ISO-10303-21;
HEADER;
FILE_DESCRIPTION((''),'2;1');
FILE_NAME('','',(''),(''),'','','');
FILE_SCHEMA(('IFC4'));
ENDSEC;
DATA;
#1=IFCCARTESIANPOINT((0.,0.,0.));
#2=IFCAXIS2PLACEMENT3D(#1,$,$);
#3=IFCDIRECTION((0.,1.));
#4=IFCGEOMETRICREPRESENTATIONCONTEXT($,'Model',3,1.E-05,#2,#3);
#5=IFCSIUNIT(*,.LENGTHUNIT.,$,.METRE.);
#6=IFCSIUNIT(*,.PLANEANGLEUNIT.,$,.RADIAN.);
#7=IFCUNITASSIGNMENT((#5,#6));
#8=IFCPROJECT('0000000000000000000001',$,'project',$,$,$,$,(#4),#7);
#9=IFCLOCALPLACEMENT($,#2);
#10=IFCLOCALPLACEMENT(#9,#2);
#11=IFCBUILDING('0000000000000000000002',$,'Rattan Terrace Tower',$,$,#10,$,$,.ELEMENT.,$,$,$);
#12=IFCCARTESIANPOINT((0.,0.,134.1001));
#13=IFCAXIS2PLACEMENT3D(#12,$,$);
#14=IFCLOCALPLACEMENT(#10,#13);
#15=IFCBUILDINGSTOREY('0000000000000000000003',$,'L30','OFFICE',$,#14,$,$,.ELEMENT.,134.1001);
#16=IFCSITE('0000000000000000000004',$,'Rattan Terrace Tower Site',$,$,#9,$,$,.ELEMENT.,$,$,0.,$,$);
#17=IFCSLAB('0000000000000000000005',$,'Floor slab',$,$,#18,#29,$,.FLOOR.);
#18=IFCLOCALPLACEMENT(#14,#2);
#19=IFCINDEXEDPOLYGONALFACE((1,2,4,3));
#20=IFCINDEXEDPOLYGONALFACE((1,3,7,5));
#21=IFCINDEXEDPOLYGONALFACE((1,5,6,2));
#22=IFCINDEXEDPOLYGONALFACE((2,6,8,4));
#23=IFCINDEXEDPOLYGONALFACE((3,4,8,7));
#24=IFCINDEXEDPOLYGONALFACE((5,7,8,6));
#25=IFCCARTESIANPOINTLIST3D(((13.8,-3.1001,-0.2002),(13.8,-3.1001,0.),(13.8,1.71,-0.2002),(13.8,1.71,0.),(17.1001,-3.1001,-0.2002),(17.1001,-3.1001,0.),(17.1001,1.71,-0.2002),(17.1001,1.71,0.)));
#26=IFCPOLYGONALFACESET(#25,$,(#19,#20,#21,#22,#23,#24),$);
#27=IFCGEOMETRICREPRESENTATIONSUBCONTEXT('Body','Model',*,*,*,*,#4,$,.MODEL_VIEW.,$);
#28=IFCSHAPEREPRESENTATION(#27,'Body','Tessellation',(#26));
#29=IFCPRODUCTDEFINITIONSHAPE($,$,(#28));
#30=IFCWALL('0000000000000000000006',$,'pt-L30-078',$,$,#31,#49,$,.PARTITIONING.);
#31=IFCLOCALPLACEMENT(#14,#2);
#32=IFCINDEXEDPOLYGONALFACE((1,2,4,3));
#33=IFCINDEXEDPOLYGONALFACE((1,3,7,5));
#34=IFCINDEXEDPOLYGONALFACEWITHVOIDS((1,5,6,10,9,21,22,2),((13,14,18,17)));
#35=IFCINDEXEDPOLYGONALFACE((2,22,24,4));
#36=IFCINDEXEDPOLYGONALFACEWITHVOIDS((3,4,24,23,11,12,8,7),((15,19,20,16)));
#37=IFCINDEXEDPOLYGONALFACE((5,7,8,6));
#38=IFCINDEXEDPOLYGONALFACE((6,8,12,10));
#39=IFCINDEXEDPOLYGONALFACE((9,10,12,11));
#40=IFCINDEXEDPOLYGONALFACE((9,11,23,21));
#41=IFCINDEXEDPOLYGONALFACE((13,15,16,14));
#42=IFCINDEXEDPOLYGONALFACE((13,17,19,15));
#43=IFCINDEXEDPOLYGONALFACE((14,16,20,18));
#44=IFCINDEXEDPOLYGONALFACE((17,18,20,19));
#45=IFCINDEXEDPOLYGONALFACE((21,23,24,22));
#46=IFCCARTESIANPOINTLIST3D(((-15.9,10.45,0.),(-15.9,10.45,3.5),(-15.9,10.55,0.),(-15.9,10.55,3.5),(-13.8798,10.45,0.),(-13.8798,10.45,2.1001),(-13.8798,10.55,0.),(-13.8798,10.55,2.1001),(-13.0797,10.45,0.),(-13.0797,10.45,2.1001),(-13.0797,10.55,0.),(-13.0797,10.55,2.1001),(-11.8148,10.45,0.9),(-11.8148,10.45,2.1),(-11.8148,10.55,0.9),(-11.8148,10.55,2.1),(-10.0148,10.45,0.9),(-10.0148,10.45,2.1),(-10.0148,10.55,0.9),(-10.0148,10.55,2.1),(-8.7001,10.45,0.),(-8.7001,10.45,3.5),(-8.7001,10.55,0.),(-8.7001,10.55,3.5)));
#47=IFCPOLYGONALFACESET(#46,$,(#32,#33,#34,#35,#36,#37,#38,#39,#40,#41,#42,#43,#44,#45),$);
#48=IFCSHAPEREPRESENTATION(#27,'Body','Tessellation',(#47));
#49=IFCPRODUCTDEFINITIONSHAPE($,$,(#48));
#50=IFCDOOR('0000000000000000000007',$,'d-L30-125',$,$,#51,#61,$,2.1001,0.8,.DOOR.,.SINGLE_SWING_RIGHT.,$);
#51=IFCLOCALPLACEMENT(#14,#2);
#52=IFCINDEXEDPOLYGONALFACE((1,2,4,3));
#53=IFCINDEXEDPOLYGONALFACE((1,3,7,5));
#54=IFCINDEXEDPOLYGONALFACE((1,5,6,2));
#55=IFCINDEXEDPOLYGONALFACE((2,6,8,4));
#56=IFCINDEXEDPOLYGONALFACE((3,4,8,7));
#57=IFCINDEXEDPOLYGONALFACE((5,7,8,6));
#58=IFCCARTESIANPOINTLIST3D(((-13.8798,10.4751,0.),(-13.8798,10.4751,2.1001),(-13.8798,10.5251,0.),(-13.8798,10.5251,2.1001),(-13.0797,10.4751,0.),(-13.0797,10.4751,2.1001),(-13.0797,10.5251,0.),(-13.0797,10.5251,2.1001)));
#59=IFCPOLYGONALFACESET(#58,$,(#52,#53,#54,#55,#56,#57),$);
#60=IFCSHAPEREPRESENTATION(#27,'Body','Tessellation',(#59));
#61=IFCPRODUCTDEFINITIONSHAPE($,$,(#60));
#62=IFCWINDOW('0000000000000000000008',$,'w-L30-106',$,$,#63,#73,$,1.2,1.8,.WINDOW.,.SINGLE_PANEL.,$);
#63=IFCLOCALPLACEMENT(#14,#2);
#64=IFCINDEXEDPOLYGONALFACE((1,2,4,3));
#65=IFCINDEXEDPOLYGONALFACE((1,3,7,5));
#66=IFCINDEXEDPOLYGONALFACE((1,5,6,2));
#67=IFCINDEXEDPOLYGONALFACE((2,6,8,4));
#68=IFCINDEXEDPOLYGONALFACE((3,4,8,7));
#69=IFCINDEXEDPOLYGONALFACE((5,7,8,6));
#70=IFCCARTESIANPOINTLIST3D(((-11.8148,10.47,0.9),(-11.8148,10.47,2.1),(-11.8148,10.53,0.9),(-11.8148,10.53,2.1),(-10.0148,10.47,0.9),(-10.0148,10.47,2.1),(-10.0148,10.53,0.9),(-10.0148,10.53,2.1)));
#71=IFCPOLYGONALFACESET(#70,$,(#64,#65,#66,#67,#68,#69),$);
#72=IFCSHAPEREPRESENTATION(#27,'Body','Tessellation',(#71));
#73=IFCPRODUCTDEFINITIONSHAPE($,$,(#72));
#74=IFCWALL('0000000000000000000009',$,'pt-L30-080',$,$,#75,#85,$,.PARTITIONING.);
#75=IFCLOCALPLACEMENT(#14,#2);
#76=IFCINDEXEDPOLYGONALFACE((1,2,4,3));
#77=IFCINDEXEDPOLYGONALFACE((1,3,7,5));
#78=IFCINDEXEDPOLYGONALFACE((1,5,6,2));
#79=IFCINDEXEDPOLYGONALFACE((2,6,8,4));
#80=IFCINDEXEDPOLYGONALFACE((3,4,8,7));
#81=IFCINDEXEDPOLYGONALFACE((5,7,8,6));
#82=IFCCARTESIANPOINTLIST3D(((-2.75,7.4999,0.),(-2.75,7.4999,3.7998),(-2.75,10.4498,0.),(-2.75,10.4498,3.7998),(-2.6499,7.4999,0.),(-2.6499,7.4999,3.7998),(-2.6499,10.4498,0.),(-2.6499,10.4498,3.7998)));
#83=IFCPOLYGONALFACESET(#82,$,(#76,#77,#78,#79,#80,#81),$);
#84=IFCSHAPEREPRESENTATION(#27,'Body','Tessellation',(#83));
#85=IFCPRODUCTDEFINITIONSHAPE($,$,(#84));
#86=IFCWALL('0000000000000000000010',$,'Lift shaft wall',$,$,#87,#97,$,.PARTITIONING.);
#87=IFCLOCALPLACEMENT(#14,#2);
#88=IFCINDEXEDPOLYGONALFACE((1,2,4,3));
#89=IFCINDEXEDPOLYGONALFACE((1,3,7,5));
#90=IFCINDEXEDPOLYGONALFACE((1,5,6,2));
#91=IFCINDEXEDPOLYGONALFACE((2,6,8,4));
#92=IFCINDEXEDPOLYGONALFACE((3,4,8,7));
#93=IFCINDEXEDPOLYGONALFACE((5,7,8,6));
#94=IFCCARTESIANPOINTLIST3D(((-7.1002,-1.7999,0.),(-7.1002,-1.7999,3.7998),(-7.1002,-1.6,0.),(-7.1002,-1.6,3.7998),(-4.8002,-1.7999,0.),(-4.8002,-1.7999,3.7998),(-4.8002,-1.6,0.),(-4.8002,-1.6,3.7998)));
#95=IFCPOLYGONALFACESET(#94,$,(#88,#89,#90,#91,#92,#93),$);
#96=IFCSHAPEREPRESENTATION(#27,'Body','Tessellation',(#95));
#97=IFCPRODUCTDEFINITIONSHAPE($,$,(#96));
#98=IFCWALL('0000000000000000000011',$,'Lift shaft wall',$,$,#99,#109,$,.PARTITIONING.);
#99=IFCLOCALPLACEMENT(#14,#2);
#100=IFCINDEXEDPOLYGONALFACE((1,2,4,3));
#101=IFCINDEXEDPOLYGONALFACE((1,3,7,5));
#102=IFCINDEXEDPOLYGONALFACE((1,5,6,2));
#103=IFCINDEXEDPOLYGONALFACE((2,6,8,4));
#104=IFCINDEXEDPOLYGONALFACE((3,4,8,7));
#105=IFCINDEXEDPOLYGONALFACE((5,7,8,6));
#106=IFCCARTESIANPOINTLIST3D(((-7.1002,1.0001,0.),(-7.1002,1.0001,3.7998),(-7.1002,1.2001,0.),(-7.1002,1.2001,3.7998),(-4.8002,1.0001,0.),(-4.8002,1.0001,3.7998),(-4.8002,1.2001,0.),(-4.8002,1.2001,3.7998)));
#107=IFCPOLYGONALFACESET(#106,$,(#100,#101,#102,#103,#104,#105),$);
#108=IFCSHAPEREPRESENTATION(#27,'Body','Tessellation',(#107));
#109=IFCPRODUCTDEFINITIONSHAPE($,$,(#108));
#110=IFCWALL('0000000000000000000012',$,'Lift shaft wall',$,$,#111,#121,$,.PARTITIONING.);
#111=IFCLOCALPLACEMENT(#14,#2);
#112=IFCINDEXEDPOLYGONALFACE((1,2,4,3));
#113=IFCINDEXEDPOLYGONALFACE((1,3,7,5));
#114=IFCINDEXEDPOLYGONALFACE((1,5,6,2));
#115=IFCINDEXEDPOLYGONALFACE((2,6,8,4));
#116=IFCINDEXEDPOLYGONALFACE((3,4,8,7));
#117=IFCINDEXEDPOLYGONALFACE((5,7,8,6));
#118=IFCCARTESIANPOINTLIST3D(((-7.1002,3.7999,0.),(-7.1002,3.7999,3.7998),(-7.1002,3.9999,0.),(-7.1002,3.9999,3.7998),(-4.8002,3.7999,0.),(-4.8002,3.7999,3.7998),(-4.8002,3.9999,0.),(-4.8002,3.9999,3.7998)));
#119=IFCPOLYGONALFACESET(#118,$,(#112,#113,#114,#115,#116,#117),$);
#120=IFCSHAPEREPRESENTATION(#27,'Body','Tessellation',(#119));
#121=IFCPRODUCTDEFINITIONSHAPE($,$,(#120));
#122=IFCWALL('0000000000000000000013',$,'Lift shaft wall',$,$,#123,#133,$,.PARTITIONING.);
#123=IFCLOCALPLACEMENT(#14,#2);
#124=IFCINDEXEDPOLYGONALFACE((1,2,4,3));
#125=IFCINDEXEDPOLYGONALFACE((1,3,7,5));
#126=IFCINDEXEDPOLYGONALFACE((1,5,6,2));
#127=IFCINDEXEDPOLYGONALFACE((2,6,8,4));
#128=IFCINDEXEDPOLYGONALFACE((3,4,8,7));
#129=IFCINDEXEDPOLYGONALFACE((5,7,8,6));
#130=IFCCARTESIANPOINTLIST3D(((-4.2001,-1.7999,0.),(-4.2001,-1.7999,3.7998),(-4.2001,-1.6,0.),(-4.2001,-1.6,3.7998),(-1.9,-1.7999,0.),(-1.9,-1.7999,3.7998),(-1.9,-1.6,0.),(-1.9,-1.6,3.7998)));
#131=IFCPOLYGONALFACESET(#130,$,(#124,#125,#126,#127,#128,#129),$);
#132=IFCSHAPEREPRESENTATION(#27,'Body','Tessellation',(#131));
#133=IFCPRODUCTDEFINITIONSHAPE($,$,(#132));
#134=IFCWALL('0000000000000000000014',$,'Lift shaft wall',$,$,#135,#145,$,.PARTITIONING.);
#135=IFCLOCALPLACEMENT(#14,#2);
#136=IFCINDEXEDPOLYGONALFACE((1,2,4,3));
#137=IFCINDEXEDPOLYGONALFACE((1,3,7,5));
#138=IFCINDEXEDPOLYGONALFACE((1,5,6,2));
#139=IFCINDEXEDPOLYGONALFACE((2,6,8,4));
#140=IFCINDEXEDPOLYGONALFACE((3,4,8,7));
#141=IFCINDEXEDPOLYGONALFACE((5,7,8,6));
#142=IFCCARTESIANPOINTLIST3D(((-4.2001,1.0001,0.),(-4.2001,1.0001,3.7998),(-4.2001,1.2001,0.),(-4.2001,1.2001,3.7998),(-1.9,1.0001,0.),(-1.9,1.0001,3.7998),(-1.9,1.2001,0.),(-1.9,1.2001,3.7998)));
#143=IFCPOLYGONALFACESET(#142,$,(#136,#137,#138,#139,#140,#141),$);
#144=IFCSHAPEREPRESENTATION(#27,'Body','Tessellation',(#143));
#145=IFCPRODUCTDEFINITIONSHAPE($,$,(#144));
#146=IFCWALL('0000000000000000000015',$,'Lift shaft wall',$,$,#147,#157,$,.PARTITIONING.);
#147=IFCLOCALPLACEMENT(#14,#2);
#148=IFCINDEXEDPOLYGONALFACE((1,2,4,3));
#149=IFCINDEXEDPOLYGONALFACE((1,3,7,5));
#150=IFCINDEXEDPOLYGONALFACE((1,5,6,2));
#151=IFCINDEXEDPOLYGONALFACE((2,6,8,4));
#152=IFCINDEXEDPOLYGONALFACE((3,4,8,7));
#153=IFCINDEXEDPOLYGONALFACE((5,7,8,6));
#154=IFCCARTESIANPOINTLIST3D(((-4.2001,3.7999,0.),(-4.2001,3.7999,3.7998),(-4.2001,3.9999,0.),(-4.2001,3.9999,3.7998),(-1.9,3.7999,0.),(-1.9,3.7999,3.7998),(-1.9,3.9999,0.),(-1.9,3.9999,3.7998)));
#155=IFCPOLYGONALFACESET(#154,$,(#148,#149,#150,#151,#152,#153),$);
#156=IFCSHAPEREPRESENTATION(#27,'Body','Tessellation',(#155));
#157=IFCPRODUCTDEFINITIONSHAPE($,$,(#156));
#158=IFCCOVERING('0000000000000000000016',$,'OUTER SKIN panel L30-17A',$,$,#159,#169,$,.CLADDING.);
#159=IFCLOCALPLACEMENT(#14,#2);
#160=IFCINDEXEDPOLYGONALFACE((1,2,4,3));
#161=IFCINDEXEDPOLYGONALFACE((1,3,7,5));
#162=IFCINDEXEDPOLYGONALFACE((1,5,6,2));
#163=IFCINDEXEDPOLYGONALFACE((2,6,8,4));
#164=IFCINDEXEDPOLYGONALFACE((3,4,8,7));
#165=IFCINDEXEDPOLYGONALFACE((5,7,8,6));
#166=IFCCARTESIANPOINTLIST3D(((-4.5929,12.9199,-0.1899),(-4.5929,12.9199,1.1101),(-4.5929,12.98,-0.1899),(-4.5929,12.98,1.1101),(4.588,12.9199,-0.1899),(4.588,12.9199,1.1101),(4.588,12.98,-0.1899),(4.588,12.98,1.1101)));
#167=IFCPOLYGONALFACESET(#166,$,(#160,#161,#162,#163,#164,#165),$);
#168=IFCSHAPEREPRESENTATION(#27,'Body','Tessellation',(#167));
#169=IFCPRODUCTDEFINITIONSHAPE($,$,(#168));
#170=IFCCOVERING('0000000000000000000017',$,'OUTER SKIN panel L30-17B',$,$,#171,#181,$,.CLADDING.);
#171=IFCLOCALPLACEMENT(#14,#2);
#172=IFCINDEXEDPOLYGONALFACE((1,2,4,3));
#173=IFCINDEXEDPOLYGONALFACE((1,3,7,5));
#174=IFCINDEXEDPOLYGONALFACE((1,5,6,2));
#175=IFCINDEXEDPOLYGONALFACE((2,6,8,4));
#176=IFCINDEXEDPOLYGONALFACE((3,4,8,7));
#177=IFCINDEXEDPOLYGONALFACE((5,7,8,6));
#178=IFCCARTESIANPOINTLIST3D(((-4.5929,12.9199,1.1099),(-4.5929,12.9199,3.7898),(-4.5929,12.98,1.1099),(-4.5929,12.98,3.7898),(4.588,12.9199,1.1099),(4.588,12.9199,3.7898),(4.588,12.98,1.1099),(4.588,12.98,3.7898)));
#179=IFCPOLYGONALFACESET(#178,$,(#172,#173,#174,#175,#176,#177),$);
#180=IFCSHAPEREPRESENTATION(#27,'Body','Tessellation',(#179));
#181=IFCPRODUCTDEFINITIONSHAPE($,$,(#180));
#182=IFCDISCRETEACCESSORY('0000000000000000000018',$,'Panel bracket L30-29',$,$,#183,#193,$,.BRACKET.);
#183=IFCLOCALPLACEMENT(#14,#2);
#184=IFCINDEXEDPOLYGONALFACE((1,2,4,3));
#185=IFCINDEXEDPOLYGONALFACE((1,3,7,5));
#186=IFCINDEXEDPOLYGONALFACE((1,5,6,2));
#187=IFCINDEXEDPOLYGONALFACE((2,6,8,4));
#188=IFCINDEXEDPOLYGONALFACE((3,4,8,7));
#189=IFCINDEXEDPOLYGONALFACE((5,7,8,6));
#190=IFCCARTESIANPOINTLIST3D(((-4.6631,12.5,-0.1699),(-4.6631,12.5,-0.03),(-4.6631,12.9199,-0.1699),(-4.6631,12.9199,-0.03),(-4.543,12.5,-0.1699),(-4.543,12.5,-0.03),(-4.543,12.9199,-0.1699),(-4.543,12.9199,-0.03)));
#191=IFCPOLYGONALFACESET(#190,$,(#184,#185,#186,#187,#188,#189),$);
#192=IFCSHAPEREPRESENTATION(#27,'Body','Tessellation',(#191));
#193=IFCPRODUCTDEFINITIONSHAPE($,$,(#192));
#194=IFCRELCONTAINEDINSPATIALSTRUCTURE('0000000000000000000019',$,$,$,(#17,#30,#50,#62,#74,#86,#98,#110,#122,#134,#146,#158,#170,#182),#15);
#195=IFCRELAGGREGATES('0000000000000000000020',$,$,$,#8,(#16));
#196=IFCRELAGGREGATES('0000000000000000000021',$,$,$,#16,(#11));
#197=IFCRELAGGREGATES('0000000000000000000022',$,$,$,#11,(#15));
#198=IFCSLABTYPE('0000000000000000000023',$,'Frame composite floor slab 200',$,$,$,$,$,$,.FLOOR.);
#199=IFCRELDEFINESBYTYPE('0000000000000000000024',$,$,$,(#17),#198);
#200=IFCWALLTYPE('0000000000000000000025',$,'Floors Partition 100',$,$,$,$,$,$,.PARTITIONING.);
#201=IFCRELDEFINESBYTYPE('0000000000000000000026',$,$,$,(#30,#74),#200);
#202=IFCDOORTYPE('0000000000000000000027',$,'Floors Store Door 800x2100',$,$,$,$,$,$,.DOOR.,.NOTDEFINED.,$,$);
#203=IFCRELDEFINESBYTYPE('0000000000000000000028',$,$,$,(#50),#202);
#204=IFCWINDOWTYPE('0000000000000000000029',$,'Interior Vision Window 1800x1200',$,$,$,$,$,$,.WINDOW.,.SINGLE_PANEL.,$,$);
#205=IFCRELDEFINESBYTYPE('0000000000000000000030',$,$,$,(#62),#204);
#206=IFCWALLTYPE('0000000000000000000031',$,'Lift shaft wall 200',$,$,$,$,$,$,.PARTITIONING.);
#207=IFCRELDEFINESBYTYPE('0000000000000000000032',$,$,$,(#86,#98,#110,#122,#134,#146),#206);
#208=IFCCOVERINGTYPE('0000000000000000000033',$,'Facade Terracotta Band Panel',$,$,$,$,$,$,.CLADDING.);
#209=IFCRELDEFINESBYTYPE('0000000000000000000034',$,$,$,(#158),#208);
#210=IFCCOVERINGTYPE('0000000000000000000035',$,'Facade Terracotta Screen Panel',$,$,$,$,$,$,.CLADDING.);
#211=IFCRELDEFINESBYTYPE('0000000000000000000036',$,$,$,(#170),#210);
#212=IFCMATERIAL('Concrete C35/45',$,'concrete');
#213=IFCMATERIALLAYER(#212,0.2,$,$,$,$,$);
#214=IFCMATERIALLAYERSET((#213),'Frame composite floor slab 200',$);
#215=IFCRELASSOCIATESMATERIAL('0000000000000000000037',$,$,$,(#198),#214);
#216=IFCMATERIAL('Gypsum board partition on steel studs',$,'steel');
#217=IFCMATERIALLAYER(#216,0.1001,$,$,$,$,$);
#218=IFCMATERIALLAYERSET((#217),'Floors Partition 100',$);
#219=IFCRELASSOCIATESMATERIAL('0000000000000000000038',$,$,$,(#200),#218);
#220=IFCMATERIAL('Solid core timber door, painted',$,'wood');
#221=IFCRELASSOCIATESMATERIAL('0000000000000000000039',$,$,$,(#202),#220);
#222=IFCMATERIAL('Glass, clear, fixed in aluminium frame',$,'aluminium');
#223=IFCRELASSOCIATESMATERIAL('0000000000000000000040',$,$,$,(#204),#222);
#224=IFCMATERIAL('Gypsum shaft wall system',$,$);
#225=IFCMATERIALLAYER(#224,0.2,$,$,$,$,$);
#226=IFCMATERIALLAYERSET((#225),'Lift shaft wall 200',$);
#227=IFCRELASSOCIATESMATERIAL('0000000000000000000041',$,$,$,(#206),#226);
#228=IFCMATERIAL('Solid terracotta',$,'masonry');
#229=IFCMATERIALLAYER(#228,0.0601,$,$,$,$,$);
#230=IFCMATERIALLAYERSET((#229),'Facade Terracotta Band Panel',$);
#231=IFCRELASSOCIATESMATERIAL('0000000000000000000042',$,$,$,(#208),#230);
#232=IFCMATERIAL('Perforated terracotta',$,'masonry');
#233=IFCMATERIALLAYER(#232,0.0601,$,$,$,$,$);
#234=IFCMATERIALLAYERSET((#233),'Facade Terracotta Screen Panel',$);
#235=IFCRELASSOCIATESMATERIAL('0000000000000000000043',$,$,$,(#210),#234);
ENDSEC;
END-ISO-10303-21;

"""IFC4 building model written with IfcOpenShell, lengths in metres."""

from ifc_helpers import new_model, si_unit, direction, frame, frame_2d, origin, origin_2d, place, context, subcontext, project, spatial, polyline, rectangle, outline, extrude, material, layer, layer_set, type_object, element, fill, save


model = new_model("IFC4")

# Units and contexts
model_context = context("Model", 3, precision=1e-05, world=origin(), true_north=direction((0.0, 1.0)))
body_context = subcontext(model_context, "Body", "Model", "MODEL_VIEW")
ifc_project = project(units=[si_unit("LENGTHUNIT", "METRE"), si_unit("PLANEANGLEUNIT", "RADIAN")], contexts=[model_context])

# Site, building, storey
site_placement = place(None, origin())
site = spatial("IfcSite", under=ifc_project, at=site_placement, Name="Rattan Terrace Tower Site", CompositionType="ELEMENT", RefElevation=0.0)
building_placement = place(site_placement, origin())
building = spatial("IfcBuilding", under=site, at=building_placement, Name="Rattan Terrace Tower", CompositionType="ELEMENT")
storey_placement = place(building_placement, frame((0.0, 0.0, 134.1001)))
storey = spatial("IfcBuildingStorey", under=building, at=storey_placement, Name="L30", Description="OFFICE", CompositionType="ELEMENT", Elevation=134.1001)

# Slab
ifc_material_1 = material(Name="Concrete C35/45", Category="concrete")
ifc_layer_1 = layer(ifc_material_1, 0.2)
ifc_layer_set_1 = layer_set([ifc_layer_1], Name="Frame composite floor slab 200")
slab_type_1 = type_object("IfcSlabType", Name="Frame composite floor slab 200", PredefinedType="FLOOR", material=ifc_layer_set_1)
slab_1_placement = place(storey_placement, frame((0.0, 0.0, -0.2002)))
element("IfcSlab", 1, at=slab_1_placement, inside=storey, type_object=slab_type_1, Name="Floor slab", PredefinedType="FLOOR", context=body_context, shape_type="SweptSolid", body=[
    extrude(outline(polyline([(13.8, -3.1001), (17.1001, -3.1001), (17.1001, 1.71), (13.8, 1.71), (13.8, -3.1001)])), origin(), (0.0, 0.0, 1.0), 0.2002),
])

# Wall, openings, door, window
ifc_material_2 = material(Name="Gypsum board partition on steel studs", Category="steel")
ifc_layer_2 = layer(ifc_material_2, 0.1001)
ifc_layer_set_2 = layer_set([ifc_layer_2], Name="Floors Partition 100")
wall_type_1 = type_object("IfcWallType", Name="Floors Partition 100", PredefinedType="PARTITIONING", material=ifc_layer_set_2)
wall_1_placement = place(storey_placement, frame((-8.7, 10.5, 0.0), z_axis=(0.0, 0.0, 1.0), x_axis=(-1.0, 0.0, 0.0)))
wall_1 = element("IfcWall", 2, at=wall_1_placement, inside=storey, type_object=wall_type_1, Name="pt-L30-078", PredefinedType="PARTITIONING", context=body_context, shape_type="SweptSolid", body=[
    extrude(rectangle(XDim=7.2, YDim=0.1001, at=frame_2d((3.6001, 0.0))), origin(), (0.0, 0.0, 1.0), 3.5),
])
opening_1_placement = place(wall_1_placement, frame((4.3799, 0.0, 0.0)))
opening_1 = element("IfcOpeningElement", 3, at=opening_1_placement, cuts=wall_1, PredefinedType="OPENING", context=body_context, shape_type="SweptSolid", body=[
    extrude(rectangle(XDim=0.8, YDim=2.1001, at=frame_2d((0.3999, 1.05))), frame((0.0, 0.0605, 0.0), z_axis=(0.0, -1.0, 0.0), x_axis=(1.0, 0.0, 0.0)), (0.0, 0.0, 1.0), 0.1211),
])
opening_2_placement = place(wall_1_placement, frame((1.3149, 0.0, 0.8999)))
opening_2 = element("IfcOpeningElement", 4, at=opening_2_placement, cuts=wall_1, PredefinedType="OPENING", context=body_context, shape_type="SweptSolid", body=[
    extrude(rectangle(XDim=1.8, YDim=1.2, at=frame_2d((0.8999, 0.6001))), frame((0.0, 0.0605, 0.0), z_axis=(0.0, -1.0, 0.0), x_axis=(1.0, 0.0, 0.0)), (0.0, 0.0, 1.0), 0.1211),
])
ifc_material_3 = material(Name="Solid core timber door, painted", Category="wood")
door_type = type_object("IfcDoorType", Name="Floors Store Door 800x2100", OperationType="NOTDEFINED", PredefinedType="DOOR", material=ifc_material_3)
door_placement = place(opening_1_placement, origin())
door = element("IfcDoor", 5, at=door_placement, inside=storey, type_object=door_type, Name="d-L30-125", OperationType="SINGLE_SWING_RIGHT", OverallHeight=2.1001, OverallWidth=0.8, PredefinedType="DOOR", context=body_context, shape_type="SweptSolid", body=[
    extrude(rectangle(XDim=0.8, YDim=2.1001, at=frame_2d((0.3999, 1.05))), frame((0.0, 0.0249, 0.0), z_axis=(0.0, -1.0, 0.0), x_axis=(1.0, 0.0, 0.0)), (0.0, 0.0, 1.0), 0.05),
])
fill(opening_1, door)
ifc_material_4 = material(Name="Glass, clear, fixed in aluminium frame", Category="aluminium")
window_type = type_object("IfcWindowType", Name="Interior Vision Window 1800x1200", PartitioningType="SINGLE_PANEL", PredefinedType="WINDOW", material=ifc_material_4)
window_placement = place(opening_2_placement, origin())
window = element("IfcWindow", 6, at=window_placement, inside=storey, type_object=window_type, Name="w-L30-106", OverallHeight=1.2, OverallWidth=1.8, PartitioningType="SINGLE_PANEL", PredefinedType="WINDOW", context=body_context, shape_type="SweptSolid", body=[
    extrude(rectangle(XDim=1.8, YDim=1.2, at=frame_2d((0.8999, 0.6001))), frame((0.0, 0.03, 0.0), z_axis=(0.0, -1.0, 0.0), x_axis=(1.0, 0.0, 0.0)), (0.0, 0.0, 1.0), 0.0601),
])
fill(opening_2, window)

# Walls
wall_2_placement = place(storey_placement, frame((-2.7, 10.45, 0.0), z_axis=(0.0, 0.0, 1.0), x_axis=(0.0, -1.0, 0.0)))
element("IfcWall", 7, at=wall_2_placement, inside=storey, type_object=wall_type_1, Name="pt-L30-080", PredefinedType="PARTITIONING", context=body_context, shape_type="SweptSolid", body=[
    extrude(rectangle(XDim=2.95, YDim=0.1001, at=frame_2d((1.4751, 0.0))), origin(), (0.0, 0.0, 1.0), 3.7998),
])
ifc_material_5 = material(Name="Gypsum shaft wall system")
ifc_layer_3 = layer(ifc_material_5, 0.2)
ifc_layer_set_3 = layer_set([ifc_layer_3], Name="Lift shaft wall 200")
wall_type_2 = type_object("IfcWallType", Name="Lift shaft wall 200", PredefinedType="PARTITIONING", material=ifc_layer_set_3)
for number, where, z_axis, x_axis, name in (
    (8, (-7.1001, -1.7, 0.0), (0.0, 0.0, 1.0), (1.0, 0.0, 0.0), "Lift shaft wall"),
    (9, (-7.1001, 1.1001, 0.0), (0.0, 0.0, 1.0), (1.0, 0.0, 0.0), "Lift shaft wall"),
    (10, (-7.1001, 3.8999, 0.0), (0.0, 0.0, 1.0), (1.0, 0.0, 0.0), "Lift shaft wall"),
    (11, (-4.2, -1.7, 0.0), (0.0, 0.0, 1.0), (1.0, 0.0, 0.0), "Lift shaft wall"),
    (12, (-4.2, 1.1001, 0.0), (0.0, 0.0, 1.0), (1.0, 0.0, 0.0), "Lift shaft wall"),
    (13, (-4.2, 3.8999, 0.0), (0.0, 0.0, 1.0), (1.0, 0.0, 0.0), "Lift shaft wall"),
):
    element("IfcWall", number, at=place(storey_placement, frame(where, z_axis=z_axis, x_axis=x_axis)), inside=storey, type_object=wall_type_2, Name=name, PredefinedType="PARTITIONING", context=body_context, shape_type="SweptSolid", body=[
        extrude(rectangle(XDim=2.3, YDim=0.2, at=frame_2d((1.1499, 0.0))), origin(), (0.0, 0.0, 1.0), 3.7998),
    ])

# Coverings
ifc_material_6 = material(Name="Solid terracotta", Category="masonry")
ifc_layer_4 = layer(ifc_material_6, 0.0601)
ifc_layer_set_4 = layer_set([ifc_layer_4], Name="Facade Terracotta Band Panel")
covering_type_1 = type_object("IfcCoveringType", Name="Facade Terracotta Band Panel", PredefinedType="CLADDING", material=ifc_layer_set_4)
covering_1_placement = place(storey_placement, frame((-0.0024, 12.95, -0.1899), z_axis=(0.0, 0.0, 1.0), x_axis=(-1.0, 0.0, 0.0)))
element("IfcCovering", 14, at=covering_1_placement, inside=storey, type_object=covering_type_1, Name="OUTER SKIN panel L30-17A", PredefinedType="CLADDING", context=body_context, shape_type="SweptSolid", body=[
    extrude(rectangle(XDim=9.1809, YDim=0.0601, at=origin_2d()), origin(), (0.0, 0.0, 1.0), 1.3),
])
ifc_material_7 = material(Name="Perforated terracotta", Category="masonry")
ifc_layer_5 = layer(ifc_material_7, 0.0601)
ifc_layer_set_5 = layer_set([ifc_layer_5], Name="Facade Terracotta Screen Panel")
covering_type_2 = type_object("IfcCoveringType", Name="Facade Terracotta Screen Panel", PredefinedType="CLADDING", material=ifc_layer_set_5)
covering_2_placement = place(storey_placement, frame((-0.0024, 12.95, 1.1099), z_axis=(0.0, 0.0, 1.0), x_axis=(-1.0, 0.0, 0.0)))
element("IfcCovering", 15, at=covering_2_placement, inside=storey, type_object=covering_type_2, Name="OUTER SKIN panel L30-17B", PredefinedType="CLADDING", context=body_context, shape_type="SweptSolid", body=[
    extrude(rectangle(XDim=9.1809, YDim=0.0601, at=origin_2d()), origin(), (0.0, 0.0, 1.0), 2.6799),
])

# Discrete accessory
discrete_accessory_placement = place(storey_placement, frame((-4.603, 12.71, -0.1699), z_axis=(0.0, 0.0, 1.0), x_axis=(-1.0, 0.0, 0.0)))
element("IfcDiscreteAccessory", 16, at=discrete_accessory_placement, inside=storey, Name="Panel bracket L30-29", PredefinedType="BRACKET", context=body_context, shape_type="SweptSolid", body=[
    extrude(rectangle(XDim=0.1201, YDim=0.4199, at=origin_2d()), origin(), (0.0, 0.0, 1.0), 0.1399),
])

save(model, "model.ifc")
